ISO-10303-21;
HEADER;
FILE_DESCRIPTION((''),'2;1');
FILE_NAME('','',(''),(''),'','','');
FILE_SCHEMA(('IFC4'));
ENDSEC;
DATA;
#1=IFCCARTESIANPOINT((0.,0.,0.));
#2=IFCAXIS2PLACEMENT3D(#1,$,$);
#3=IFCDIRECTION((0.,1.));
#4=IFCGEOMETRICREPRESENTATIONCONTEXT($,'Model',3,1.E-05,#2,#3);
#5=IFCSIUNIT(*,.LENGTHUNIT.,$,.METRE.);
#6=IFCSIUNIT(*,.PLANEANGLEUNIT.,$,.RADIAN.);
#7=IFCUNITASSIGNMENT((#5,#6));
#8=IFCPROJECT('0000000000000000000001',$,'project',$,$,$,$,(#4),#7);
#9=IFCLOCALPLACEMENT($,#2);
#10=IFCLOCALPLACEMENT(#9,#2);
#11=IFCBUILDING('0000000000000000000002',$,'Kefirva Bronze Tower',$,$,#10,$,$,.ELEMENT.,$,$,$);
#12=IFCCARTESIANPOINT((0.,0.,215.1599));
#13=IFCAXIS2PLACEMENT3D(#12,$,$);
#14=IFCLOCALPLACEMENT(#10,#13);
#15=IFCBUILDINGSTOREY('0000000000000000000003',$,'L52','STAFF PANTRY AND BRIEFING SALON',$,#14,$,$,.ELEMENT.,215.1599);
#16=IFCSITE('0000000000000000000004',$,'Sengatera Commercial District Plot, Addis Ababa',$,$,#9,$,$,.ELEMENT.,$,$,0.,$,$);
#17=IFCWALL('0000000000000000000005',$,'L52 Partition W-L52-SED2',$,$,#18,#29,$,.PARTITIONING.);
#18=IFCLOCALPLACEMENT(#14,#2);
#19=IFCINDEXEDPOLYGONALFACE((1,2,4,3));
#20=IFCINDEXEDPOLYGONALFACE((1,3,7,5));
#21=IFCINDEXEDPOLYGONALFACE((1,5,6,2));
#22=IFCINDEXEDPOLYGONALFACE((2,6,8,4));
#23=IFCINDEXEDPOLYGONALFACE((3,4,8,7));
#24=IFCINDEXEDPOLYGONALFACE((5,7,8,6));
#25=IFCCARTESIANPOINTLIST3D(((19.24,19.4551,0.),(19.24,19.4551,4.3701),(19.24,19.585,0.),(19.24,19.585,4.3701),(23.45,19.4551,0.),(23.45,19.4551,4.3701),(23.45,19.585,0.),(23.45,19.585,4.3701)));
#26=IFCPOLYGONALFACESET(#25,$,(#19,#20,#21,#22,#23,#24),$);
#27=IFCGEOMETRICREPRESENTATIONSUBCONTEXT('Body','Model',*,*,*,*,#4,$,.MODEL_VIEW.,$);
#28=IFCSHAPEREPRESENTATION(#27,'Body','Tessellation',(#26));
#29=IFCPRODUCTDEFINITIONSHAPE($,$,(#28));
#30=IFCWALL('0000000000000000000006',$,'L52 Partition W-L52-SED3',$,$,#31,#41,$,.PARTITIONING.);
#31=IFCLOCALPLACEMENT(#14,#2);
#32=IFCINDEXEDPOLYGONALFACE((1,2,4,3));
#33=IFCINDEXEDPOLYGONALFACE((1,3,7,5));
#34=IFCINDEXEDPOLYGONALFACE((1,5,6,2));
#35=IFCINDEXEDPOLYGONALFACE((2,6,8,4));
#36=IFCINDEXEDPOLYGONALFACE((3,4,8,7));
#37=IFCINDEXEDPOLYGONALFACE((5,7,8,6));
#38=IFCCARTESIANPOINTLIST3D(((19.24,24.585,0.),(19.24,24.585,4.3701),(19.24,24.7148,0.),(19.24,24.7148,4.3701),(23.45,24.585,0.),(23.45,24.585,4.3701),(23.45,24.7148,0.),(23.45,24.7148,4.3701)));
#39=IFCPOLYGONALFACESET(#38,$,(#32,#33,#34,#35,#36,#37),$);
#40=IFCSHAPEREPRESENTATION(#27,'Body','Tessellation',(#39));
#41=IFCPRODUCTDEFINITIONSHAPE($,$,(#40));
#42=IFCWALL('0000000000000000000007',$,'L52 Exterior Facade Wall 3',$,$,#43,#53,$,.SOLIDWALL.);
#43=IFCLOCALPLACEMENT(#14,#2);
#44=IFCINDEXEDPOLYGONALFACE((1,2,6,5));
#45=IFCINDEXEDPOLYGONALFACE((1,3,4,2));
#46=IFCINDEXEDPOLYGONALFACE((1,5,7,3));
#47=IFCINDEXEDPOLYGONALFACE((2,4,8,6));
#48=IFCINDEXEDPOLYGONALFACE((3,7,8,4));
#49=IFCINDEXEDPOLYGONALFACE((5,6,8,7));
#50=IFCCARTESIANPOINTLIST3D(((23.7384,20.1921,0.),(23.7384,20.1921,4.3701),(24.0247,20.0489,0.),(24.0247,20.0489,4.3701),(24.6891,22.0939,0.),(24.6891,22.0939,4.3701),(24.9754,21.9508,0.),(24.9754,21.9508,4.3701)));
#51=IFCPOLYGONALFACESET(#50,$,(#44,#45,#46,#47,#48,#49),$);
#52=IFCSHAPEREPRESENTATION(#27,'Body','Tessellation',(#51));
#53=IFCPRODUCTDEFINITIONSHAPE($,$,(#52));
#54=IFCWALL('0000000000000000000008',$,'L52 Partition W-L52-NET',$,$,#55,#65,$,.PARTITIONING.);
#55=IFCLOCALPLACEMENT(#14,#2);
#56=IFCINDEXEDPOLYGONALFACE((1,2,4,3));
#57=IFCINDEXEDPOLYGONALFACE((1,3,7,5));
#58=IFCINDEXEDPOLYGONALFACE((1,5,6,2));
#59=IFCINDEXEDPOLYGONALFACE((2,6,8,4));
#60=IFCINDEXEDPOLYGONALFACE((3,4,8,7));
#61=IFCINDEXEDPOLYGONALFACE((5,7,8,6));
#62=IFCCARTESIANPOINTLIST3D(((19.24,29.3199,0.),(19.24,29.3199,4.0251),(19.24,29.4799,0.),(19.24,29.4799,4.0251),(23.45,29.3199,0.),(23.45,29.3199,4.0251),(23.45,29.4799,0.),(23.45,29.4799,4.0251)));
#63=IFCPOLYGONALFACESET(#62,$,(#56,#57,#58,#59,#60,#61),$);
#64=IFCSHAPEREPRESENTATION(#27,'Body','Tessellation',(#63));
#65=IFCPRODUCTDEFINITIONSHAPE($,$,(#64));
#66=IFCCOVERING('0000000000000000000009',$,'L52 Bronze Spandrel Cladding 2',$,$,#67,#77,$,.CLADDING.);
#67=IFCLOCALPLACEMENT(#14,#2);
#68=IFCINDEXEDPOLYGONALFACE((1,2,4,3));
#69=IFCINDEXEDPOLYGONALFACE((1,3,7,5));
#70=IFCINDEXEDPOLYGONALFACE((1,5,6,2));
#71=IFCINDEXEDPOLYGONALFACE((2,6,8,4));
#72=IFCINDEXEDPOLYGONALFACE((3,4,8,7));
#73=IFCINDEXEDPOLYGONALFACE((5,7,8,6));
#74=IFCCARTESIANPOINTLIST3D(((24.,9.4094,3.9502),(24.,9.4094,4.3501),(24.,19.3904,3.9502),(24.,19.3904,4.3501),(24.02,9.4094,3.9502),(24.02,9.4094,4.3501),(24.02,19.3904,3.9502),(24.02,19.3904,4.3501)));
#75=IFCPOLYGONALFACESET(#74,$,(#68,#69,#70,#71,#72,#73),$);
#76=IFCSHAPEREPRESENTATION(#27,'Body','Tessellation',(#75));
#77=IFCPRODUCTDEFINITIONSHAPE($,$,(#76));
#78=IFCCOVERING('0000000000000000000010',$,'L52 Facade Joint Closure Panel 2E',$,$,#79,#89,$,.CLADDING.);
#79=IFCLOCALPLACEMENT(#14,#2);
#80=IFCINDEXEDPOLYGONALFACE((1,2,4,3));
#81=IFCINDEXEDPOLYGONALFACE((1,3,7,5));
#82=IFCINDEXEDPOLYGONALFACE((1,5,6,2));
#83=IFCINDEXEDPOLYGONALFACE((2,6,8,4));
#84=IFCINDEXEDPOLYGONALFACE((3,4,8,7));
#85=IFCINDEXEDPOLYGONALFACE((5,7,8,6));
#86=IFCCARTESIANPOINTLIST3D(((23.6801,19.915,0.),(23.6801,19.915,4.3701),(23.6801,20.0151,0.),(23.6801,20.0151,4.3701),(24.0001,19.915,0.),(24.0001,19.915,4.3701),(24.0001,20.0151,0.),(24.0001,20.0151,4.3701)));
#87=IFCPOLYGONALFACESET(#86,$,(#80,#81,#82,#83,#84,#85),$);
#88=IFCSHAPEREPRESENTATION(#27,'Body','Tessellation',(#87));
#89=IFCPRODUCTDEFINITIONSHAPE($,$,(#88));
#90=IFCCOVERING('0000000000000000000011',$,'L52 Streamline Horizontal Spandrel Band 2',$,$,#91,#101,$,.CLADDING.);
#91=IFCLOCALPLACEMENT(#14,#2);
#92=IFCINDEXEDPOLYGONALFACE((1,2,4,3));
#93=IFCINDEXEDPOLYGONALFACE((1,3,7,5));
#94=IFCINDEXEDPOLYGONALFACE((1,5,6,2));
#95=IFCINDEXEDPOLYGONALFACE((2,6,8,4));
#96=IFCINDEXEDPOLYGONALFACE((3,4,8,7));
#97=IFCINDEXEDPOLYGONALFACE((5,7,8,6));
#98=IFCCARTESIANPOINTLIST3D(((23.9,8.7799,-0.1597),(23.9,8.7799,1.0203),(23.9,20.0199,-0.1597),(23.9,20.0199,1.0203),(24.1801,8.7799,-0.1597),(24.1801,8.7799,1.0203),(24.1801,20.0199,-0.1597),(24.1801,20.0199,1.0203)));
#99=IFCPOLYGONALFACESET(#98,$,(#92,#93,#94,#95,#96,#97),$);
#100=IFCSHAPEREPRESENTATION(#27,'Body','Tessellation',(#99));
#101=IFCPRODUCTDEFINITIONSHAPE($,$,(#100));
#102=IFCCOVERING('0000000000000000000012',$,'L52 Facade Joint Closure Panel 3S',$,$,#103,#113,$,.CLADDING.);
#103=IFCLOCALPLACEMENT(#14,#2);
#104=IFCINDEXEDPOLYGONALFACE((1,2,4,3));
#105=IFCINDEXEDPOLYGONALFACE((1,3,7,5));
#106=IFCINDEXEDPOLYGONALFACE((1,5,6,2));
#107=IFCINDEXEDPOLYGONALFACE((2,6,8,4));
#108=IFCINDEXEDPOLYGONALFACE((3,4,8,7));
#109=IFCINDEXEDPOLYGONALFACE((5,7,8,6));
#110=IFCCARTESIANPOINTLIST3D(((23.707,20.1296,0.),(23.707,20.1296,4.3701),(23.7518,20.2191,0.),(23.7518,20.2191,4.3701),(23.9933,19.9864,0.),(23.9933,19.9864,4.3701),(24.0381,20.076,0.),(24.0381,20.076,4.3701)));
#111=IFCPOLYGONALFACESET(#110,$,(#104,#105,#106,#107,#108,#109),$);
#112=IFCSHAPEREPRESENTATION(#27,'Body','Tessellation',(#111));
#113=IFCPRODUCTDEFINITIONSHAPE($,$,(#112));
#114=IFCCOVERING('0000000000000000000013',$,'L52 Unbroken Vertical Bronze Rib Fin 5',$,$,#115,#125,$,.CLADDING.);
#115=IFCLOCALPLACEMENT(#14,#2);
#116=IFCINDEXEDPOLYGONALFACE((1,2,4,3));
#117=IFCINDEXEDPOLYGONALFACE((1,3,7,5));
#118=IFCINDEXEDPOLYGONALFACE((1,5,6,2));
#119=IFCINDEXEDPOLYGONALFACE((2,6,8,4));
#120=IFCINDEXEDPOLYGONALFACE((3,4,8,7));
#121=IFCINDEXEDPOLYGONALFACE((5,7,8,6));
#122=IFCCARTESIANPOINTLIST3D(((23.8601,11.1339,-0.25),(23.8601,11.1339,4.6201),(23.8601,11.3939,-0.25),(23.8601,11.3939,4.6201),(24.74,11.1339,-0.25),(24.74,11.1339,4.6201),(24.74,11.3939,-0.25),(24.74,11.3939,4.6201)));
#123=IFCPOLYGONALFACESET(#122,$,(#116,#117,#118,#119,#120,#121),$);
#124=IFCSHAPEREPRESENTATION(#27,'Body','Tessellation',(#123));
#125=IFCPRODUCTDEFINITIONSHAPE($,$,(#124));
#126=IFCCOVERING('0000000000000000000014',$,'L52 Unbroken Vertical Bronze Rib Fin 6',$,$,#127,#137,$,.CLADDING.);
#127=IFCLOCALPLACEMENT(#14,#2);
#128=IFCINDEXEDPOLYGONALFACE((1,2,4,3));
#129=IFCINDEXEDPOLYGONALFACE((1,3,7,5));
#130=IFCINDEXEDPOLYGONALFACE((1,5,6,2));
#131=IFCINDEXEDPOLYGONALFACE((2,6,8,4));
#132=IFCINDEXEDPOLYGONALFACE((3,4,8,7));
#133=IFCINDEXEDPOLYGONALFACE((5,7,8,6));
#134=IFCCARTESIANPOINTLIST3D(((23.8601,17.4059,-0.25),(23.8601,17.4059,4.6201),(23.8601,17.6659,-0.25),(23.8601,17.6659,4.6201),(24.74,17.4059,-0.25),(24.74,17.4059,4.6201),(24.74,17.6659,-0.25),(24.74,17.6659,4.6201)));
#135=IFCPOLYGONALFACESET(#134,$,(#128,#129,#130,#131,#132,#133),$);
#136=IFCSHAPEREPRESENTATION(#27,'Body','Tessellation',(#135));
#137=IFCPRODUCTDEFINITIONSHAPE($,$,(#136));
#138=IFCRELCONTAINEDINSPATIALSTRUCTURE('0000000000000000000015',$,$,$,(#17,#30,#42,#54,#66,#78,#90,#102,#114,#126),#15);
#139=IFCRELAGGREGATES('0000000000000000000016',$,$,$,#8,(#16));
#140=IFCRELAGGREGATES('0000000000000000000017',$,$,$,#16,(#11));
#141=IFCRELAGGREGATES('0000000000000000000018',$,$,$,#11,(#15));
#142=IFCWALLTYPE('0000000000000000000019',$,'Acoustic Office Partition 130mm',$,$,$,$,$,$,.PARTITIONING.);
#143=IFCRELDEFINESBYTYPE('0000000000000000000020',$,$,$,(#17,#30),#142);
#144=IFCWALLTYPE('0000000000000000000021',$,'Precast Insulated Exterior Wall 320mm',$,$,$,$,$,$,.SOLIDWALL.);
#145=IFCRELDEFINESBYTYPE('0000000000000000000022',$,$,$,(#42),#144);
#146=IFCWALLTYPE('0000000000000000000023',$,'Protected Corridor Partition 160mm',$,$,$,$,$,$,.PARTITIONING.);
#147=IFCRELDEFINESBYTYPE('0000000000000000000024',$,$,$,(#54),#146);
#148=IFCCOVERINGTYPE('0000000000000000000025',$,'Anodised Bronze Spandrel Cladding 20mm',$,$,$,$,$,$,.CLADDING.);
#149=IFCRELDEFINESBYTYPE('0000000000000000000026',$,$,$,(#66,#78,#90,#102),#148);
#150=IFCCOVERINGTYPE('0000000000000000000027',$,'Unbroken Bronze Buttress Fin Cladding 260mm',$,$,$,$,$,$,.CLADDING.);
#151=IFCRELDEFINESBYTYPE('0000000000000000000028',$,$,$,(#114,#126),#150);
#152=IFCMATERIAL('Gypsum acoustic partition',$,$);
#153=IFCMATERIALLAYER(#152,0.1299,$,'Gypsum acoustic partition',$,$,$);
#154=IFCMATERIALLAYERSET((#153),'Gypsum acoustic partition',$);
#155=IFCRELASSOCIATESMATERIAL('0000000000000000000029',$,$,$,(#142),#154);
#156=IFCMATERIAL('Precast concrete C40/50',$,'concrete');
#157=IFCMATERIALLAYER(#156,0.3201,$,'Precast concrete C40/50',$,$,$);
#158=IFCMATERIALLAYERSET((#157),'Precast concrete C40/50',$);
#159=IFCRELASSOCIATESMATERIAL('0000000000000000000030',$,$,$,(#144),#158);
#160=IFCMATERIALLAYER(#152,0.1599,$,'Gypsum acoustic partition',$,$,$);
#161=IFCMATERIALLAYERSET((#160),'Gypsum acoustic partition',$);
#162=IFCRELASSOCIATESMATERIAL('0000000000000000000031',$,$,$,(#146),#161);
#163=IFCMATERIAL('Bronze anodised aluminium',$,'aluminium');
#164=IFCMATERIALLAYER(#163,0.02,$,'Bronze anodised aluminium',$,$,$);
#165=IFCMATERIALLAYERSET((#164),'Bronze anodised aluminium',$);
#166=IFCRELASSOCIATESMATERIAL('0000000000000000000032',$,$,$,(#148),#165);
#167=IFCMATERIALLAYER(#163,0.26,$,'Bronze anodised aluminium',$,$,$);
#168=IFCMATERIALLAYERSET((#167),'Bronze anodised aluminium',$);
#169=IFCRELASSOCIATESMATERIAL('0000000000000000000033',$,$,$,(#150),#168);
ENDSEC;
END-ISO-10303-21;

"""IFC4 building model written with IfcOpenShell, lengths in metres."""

from ifc_helpers import new_model, si_unit, direction, frame, frame_2d, origin, origin_2d, place, context, subcontext, project, spatial, rectangle, extrude, material, layer, layer_set, type_object, element, save


model = new_model("IFC4")

# Units and contexts
model_context = context("Model", 3, precision=1e-05, world=origin(), true_north=direction((0.0, 1.0)))
body_context = subcontext(model_context, "Body", "Model", "MODEL_VIEW")
ifc_project = project(units=[si_unit("LENGTHUNIT", "METRE"), si_unit("PLANEANGLEUNIT", "RADIAN")], contexts=[model_context])

# Site, building, storey
site_placement = place(None, origin())
site = spatial("IfcSite", under=ifc_project, at=site_placement, Name="Sengatera Commercial District Plot, Addis Ababa", CompositionType="ELEMENT", RefElevation=0.0)
building_placement = place(site_placement, origin())
building = spatial("IfcBuilding", under=site, at=building_placement, Name="Kefirva Bronze Tower", CompositionType="ELEMENT")
storey_placement = place(building_placement, frame((0.0, 0.0, 215.1599)))
storey = spatial("IfcBuildingStorey", under=building, at=storey_placement, Name="L52", Description="STAFF PANTRY AND BRIEFING SALON", CompositionType="ELEMENT", Elevation=215.1599)

# Walls
ifc_material_1 = material(Name="Gypsum acoustic partition")
ifc_layer_1 = layer(ifc_material_1, 0.1299, Name="Gypsum acoustic partition")
ifc_layer_set_1 = layer_set([ifc_layer_1], Name="Gypsum acoustic partition")
wall_type_1 = type_object("IfcWallType", Name="Acoustic Office Partition 130mm", PredefinedType="PARTITIONING", material=ifc_layer_set_1)
for number, where, z_axis, x_axis, name in (
    (1, (19.24, 19.52, 0.0), (0.0, 0.0, 1.0), (1.0, 0.0, 0.0), "L52 Partition W-L52-SED2"),
    (2, (19.24, 24.6499, 0.0), (0.0, 0.0, 1.0), (1.0, 0.0, 0.0), "L52 Partition W-L52-SED3"),
):
    element("IfcWall", number, at=place(storey_placement, frame(where, z_axis=z_axis, x_axis=x_axis)), inside=storey, type_object=wall_type_1, Name=name, PredefinedType="PARTITIONING", context=body_context, shape_type="SweptSolid", body=[
        extrude(rectangle(XDim=4.21, YDim=0.1299, at=frame_2d((2.105, 0.0))), origin(), (0.0, 0.0, 1.0), 4.3701),
    ])
ifc_material_2 = material(Name="Precast concrete C40/50", Category="concrete")
ifc_layer_2 = layer(ifc_material_2, 0.3201, Name="Precast concrete C40/50")
ifc_layer_set_2 = layer_set([ifc_layer_2], Name="Precast concrete C40/50")
wall_type_2 = type_object("IfcWallType", Name="Precast Insulated Exterior Wall 320mm", PredefinedType="SOLIDWALL", material=ifc_layer_set_2)
wall_1_placement = place(storey_placement, frame((23.8816, 20.1206, 0.0), z_axis=(0.0, 0.0, 1.0), x_axis=(0.447122, 0.894473, 0.0)))
element("IfcWall", 3, at=wall_1_placement, inside=storey, type_object=wall_type_2, Name="L52 Exterior Facade Wall 3", PredefinedType="SOLIDWALL", context=body_context, shape_type="SweptSolid", body=[
    extrude(rectangle(XDim=2.1262, YDim=0.3201, at=frame_2d((1.063, 0.0))), origin(), (0.0, 0.0, 1.0), 4.3701),
])
ifc_layer_3 = layer(ifc_material_1, 0.1599, Name="Gypsum acoustic partition")
ifc_layer_set_3 = layer_set([ifc_layer_3], Name="Gypsum acoustic partition")
wall_type_3 = type_object("IfcWallType", Name="Protected Corridor Partition 160mm", PredefinedType="PARTITIONING", material=ifc_layer_set_3)
wall_2_placement = place(storey_placement, frame((19.24, 29.3999, 0.0), z_axis=(0.0, 0.0, 1.0), x_axis=(1.0, 0.0, 0.0)))
element("IfcWall", 4, at=wall_2_placement, inside=storey, type_object=wall_type_3, Name="L52 Partition W-L52-NET", PredefinedType="PARTITIONING", context=body_context, shape_type="SweptSolid", body=[
    extrude(rectangle(XDim=4.21, YDim=0.1599, at=frame_2d((2.105, 0.0))), origin(), (0.0, 0.0, 1.0), 4.0251),
])

# Coverings
ifc_material_3 = material(Name="Bronze anodised aluminium", Category="aluminium")
ifc_layer_4 = layer(ifc_material_3, 0.02, Name="Bronze anodised aluminium")
ifc_layer_set_4 = layer_set([ifc_layer_4], Name="Bronze anodised aluminium")
covering_type_1 = type_object("IfcCoveringType", Name="Anodised Bronze Spandrel Cladding 20mm", PredefinedType="CLADDING", material=ifc_layer_set_4)
covering_1_placement = place(storey_placement, frame((24.01, 14.3999, 3.9502), z_axis=(0.0, 0.0, 1.0), x_axis=(0.0, 1.0, 0.0)))
element("IfcCovering", 5, at=covering_1_placement, inside=storey, type_object=covering_type_1, Name="L52 Bronze Spandrel Cladding 2", PredefinedType="CLADDING", context=body_context, shape_type="SweptSolid", body=[
    extrude(rectangle(XDim=9.981, YDim=0.02, at=origin_2d()), origin(), (0.0, 0.0, 1.0), 0.3999),
])
covering_2_placement = place(storey_placement, frame((23.8401, 19.9651, 0.0), z_axis=(0.0, 0.0, 1.0), x_axis=(0.0, 1.0, 0.0)))
element("IfcCovering", 6, at=covering_2_placement, inside=storey, type_object=covering_type_1, Name="L52 Facade Joint Closure Panel 2E", PredefinedType="CLADDING", context=body_context, shape_type="SweptSolid", body=[
    extrude(rectangle(XDim=0.1001, YDim=0.3201, at=origin_2d()), origin(), (0.0, 0.0, 1.0), 4.3701),
])
covering_3_placement = place(storey_placement, frame((24.04, 14.3999, -0.1597), z_axis=(0.0, 0.0, 1.0), x_axis=(0.0, 1.0, 0.0)))
element("IfcCovering", 7, at=covering_3_placement, inside=storey, type_object=covering_type_1, Name="L52 Streamline Horizontal Spandrel Band 2", PredefinedType="CLADDING", context=body_context, shape_type="SweptSolid", body=[
    extrude(rectangle(XDim=11.24, YDim=0.28, at=origin_2d()), origin(), (0.0, 0.0, 1.0), 1.1799),
])
covering_4_placement = place(storey_placement, frame((23.8726, 20.1028, 0.0), z_axis=(0.0, 0.0, 1.0), x_axis=(0.447214, 0.894427, 0.0)))
element("IfcCovering", 8, at=covering_4_placement, inside=storey, type_object=covering_type_1, Name="L52 Facade Joint Closure Panel 3S", PredefinedType="CLADDING", context=body_context, shape_type="SweptSolid", body=[
    extrude(rectangle(XDim=0.1001, YDim=0.3201, at=origin_2d()), origin(), (0.0, 0.0, 1.0), 4.3701),
])
ifc_layer_5 = layer(ifc_material_3, 0.26, Name="Bronze anodised aluminium")
ifc_layer_set_5 = layer_set([ifc_layer_5], Name="Bronze anodised aluminium")
covering_type_2 = type_object("IfcCoveringType", Name="Unbroken Bronze Buttress Fin Cladding 260mm", PredefinedType="CLADDING", material=ifc_layer_set_5)
for number, where, z_axis, x_axis, name in (
    (9, (24.3, 11.2639, -0.25), (0.0, 0.0, 1.0), (0.0, 1.0, 0.0), "L52 Unbroken Vertical Bronze Rib Fin 5"),
    (10, (24.3, 17.5359, -0.25), (0.0, 0.0, 1.0), (0.0, 1.0, 0.0), "L52 Unbroken Vertical Bronze Rib Fin 6"),
):
    element("IfcCovering", number, at=place(storey_placement, frame(where, z_axis=z_axis, x_axis=x_axis)), inside=storey, type_object=covering_type_2, Name=name, PredefinedType="CLADDING", context=body_context, shape_type="SweptSolid", body=[
        extrude(rectangle(XDim=0.26, YDim=0.8799, at=origin_2d()), origin(), (0.0, 0.0, 1.0), 4.8701),
    ])

save(model, "model.ifc")
